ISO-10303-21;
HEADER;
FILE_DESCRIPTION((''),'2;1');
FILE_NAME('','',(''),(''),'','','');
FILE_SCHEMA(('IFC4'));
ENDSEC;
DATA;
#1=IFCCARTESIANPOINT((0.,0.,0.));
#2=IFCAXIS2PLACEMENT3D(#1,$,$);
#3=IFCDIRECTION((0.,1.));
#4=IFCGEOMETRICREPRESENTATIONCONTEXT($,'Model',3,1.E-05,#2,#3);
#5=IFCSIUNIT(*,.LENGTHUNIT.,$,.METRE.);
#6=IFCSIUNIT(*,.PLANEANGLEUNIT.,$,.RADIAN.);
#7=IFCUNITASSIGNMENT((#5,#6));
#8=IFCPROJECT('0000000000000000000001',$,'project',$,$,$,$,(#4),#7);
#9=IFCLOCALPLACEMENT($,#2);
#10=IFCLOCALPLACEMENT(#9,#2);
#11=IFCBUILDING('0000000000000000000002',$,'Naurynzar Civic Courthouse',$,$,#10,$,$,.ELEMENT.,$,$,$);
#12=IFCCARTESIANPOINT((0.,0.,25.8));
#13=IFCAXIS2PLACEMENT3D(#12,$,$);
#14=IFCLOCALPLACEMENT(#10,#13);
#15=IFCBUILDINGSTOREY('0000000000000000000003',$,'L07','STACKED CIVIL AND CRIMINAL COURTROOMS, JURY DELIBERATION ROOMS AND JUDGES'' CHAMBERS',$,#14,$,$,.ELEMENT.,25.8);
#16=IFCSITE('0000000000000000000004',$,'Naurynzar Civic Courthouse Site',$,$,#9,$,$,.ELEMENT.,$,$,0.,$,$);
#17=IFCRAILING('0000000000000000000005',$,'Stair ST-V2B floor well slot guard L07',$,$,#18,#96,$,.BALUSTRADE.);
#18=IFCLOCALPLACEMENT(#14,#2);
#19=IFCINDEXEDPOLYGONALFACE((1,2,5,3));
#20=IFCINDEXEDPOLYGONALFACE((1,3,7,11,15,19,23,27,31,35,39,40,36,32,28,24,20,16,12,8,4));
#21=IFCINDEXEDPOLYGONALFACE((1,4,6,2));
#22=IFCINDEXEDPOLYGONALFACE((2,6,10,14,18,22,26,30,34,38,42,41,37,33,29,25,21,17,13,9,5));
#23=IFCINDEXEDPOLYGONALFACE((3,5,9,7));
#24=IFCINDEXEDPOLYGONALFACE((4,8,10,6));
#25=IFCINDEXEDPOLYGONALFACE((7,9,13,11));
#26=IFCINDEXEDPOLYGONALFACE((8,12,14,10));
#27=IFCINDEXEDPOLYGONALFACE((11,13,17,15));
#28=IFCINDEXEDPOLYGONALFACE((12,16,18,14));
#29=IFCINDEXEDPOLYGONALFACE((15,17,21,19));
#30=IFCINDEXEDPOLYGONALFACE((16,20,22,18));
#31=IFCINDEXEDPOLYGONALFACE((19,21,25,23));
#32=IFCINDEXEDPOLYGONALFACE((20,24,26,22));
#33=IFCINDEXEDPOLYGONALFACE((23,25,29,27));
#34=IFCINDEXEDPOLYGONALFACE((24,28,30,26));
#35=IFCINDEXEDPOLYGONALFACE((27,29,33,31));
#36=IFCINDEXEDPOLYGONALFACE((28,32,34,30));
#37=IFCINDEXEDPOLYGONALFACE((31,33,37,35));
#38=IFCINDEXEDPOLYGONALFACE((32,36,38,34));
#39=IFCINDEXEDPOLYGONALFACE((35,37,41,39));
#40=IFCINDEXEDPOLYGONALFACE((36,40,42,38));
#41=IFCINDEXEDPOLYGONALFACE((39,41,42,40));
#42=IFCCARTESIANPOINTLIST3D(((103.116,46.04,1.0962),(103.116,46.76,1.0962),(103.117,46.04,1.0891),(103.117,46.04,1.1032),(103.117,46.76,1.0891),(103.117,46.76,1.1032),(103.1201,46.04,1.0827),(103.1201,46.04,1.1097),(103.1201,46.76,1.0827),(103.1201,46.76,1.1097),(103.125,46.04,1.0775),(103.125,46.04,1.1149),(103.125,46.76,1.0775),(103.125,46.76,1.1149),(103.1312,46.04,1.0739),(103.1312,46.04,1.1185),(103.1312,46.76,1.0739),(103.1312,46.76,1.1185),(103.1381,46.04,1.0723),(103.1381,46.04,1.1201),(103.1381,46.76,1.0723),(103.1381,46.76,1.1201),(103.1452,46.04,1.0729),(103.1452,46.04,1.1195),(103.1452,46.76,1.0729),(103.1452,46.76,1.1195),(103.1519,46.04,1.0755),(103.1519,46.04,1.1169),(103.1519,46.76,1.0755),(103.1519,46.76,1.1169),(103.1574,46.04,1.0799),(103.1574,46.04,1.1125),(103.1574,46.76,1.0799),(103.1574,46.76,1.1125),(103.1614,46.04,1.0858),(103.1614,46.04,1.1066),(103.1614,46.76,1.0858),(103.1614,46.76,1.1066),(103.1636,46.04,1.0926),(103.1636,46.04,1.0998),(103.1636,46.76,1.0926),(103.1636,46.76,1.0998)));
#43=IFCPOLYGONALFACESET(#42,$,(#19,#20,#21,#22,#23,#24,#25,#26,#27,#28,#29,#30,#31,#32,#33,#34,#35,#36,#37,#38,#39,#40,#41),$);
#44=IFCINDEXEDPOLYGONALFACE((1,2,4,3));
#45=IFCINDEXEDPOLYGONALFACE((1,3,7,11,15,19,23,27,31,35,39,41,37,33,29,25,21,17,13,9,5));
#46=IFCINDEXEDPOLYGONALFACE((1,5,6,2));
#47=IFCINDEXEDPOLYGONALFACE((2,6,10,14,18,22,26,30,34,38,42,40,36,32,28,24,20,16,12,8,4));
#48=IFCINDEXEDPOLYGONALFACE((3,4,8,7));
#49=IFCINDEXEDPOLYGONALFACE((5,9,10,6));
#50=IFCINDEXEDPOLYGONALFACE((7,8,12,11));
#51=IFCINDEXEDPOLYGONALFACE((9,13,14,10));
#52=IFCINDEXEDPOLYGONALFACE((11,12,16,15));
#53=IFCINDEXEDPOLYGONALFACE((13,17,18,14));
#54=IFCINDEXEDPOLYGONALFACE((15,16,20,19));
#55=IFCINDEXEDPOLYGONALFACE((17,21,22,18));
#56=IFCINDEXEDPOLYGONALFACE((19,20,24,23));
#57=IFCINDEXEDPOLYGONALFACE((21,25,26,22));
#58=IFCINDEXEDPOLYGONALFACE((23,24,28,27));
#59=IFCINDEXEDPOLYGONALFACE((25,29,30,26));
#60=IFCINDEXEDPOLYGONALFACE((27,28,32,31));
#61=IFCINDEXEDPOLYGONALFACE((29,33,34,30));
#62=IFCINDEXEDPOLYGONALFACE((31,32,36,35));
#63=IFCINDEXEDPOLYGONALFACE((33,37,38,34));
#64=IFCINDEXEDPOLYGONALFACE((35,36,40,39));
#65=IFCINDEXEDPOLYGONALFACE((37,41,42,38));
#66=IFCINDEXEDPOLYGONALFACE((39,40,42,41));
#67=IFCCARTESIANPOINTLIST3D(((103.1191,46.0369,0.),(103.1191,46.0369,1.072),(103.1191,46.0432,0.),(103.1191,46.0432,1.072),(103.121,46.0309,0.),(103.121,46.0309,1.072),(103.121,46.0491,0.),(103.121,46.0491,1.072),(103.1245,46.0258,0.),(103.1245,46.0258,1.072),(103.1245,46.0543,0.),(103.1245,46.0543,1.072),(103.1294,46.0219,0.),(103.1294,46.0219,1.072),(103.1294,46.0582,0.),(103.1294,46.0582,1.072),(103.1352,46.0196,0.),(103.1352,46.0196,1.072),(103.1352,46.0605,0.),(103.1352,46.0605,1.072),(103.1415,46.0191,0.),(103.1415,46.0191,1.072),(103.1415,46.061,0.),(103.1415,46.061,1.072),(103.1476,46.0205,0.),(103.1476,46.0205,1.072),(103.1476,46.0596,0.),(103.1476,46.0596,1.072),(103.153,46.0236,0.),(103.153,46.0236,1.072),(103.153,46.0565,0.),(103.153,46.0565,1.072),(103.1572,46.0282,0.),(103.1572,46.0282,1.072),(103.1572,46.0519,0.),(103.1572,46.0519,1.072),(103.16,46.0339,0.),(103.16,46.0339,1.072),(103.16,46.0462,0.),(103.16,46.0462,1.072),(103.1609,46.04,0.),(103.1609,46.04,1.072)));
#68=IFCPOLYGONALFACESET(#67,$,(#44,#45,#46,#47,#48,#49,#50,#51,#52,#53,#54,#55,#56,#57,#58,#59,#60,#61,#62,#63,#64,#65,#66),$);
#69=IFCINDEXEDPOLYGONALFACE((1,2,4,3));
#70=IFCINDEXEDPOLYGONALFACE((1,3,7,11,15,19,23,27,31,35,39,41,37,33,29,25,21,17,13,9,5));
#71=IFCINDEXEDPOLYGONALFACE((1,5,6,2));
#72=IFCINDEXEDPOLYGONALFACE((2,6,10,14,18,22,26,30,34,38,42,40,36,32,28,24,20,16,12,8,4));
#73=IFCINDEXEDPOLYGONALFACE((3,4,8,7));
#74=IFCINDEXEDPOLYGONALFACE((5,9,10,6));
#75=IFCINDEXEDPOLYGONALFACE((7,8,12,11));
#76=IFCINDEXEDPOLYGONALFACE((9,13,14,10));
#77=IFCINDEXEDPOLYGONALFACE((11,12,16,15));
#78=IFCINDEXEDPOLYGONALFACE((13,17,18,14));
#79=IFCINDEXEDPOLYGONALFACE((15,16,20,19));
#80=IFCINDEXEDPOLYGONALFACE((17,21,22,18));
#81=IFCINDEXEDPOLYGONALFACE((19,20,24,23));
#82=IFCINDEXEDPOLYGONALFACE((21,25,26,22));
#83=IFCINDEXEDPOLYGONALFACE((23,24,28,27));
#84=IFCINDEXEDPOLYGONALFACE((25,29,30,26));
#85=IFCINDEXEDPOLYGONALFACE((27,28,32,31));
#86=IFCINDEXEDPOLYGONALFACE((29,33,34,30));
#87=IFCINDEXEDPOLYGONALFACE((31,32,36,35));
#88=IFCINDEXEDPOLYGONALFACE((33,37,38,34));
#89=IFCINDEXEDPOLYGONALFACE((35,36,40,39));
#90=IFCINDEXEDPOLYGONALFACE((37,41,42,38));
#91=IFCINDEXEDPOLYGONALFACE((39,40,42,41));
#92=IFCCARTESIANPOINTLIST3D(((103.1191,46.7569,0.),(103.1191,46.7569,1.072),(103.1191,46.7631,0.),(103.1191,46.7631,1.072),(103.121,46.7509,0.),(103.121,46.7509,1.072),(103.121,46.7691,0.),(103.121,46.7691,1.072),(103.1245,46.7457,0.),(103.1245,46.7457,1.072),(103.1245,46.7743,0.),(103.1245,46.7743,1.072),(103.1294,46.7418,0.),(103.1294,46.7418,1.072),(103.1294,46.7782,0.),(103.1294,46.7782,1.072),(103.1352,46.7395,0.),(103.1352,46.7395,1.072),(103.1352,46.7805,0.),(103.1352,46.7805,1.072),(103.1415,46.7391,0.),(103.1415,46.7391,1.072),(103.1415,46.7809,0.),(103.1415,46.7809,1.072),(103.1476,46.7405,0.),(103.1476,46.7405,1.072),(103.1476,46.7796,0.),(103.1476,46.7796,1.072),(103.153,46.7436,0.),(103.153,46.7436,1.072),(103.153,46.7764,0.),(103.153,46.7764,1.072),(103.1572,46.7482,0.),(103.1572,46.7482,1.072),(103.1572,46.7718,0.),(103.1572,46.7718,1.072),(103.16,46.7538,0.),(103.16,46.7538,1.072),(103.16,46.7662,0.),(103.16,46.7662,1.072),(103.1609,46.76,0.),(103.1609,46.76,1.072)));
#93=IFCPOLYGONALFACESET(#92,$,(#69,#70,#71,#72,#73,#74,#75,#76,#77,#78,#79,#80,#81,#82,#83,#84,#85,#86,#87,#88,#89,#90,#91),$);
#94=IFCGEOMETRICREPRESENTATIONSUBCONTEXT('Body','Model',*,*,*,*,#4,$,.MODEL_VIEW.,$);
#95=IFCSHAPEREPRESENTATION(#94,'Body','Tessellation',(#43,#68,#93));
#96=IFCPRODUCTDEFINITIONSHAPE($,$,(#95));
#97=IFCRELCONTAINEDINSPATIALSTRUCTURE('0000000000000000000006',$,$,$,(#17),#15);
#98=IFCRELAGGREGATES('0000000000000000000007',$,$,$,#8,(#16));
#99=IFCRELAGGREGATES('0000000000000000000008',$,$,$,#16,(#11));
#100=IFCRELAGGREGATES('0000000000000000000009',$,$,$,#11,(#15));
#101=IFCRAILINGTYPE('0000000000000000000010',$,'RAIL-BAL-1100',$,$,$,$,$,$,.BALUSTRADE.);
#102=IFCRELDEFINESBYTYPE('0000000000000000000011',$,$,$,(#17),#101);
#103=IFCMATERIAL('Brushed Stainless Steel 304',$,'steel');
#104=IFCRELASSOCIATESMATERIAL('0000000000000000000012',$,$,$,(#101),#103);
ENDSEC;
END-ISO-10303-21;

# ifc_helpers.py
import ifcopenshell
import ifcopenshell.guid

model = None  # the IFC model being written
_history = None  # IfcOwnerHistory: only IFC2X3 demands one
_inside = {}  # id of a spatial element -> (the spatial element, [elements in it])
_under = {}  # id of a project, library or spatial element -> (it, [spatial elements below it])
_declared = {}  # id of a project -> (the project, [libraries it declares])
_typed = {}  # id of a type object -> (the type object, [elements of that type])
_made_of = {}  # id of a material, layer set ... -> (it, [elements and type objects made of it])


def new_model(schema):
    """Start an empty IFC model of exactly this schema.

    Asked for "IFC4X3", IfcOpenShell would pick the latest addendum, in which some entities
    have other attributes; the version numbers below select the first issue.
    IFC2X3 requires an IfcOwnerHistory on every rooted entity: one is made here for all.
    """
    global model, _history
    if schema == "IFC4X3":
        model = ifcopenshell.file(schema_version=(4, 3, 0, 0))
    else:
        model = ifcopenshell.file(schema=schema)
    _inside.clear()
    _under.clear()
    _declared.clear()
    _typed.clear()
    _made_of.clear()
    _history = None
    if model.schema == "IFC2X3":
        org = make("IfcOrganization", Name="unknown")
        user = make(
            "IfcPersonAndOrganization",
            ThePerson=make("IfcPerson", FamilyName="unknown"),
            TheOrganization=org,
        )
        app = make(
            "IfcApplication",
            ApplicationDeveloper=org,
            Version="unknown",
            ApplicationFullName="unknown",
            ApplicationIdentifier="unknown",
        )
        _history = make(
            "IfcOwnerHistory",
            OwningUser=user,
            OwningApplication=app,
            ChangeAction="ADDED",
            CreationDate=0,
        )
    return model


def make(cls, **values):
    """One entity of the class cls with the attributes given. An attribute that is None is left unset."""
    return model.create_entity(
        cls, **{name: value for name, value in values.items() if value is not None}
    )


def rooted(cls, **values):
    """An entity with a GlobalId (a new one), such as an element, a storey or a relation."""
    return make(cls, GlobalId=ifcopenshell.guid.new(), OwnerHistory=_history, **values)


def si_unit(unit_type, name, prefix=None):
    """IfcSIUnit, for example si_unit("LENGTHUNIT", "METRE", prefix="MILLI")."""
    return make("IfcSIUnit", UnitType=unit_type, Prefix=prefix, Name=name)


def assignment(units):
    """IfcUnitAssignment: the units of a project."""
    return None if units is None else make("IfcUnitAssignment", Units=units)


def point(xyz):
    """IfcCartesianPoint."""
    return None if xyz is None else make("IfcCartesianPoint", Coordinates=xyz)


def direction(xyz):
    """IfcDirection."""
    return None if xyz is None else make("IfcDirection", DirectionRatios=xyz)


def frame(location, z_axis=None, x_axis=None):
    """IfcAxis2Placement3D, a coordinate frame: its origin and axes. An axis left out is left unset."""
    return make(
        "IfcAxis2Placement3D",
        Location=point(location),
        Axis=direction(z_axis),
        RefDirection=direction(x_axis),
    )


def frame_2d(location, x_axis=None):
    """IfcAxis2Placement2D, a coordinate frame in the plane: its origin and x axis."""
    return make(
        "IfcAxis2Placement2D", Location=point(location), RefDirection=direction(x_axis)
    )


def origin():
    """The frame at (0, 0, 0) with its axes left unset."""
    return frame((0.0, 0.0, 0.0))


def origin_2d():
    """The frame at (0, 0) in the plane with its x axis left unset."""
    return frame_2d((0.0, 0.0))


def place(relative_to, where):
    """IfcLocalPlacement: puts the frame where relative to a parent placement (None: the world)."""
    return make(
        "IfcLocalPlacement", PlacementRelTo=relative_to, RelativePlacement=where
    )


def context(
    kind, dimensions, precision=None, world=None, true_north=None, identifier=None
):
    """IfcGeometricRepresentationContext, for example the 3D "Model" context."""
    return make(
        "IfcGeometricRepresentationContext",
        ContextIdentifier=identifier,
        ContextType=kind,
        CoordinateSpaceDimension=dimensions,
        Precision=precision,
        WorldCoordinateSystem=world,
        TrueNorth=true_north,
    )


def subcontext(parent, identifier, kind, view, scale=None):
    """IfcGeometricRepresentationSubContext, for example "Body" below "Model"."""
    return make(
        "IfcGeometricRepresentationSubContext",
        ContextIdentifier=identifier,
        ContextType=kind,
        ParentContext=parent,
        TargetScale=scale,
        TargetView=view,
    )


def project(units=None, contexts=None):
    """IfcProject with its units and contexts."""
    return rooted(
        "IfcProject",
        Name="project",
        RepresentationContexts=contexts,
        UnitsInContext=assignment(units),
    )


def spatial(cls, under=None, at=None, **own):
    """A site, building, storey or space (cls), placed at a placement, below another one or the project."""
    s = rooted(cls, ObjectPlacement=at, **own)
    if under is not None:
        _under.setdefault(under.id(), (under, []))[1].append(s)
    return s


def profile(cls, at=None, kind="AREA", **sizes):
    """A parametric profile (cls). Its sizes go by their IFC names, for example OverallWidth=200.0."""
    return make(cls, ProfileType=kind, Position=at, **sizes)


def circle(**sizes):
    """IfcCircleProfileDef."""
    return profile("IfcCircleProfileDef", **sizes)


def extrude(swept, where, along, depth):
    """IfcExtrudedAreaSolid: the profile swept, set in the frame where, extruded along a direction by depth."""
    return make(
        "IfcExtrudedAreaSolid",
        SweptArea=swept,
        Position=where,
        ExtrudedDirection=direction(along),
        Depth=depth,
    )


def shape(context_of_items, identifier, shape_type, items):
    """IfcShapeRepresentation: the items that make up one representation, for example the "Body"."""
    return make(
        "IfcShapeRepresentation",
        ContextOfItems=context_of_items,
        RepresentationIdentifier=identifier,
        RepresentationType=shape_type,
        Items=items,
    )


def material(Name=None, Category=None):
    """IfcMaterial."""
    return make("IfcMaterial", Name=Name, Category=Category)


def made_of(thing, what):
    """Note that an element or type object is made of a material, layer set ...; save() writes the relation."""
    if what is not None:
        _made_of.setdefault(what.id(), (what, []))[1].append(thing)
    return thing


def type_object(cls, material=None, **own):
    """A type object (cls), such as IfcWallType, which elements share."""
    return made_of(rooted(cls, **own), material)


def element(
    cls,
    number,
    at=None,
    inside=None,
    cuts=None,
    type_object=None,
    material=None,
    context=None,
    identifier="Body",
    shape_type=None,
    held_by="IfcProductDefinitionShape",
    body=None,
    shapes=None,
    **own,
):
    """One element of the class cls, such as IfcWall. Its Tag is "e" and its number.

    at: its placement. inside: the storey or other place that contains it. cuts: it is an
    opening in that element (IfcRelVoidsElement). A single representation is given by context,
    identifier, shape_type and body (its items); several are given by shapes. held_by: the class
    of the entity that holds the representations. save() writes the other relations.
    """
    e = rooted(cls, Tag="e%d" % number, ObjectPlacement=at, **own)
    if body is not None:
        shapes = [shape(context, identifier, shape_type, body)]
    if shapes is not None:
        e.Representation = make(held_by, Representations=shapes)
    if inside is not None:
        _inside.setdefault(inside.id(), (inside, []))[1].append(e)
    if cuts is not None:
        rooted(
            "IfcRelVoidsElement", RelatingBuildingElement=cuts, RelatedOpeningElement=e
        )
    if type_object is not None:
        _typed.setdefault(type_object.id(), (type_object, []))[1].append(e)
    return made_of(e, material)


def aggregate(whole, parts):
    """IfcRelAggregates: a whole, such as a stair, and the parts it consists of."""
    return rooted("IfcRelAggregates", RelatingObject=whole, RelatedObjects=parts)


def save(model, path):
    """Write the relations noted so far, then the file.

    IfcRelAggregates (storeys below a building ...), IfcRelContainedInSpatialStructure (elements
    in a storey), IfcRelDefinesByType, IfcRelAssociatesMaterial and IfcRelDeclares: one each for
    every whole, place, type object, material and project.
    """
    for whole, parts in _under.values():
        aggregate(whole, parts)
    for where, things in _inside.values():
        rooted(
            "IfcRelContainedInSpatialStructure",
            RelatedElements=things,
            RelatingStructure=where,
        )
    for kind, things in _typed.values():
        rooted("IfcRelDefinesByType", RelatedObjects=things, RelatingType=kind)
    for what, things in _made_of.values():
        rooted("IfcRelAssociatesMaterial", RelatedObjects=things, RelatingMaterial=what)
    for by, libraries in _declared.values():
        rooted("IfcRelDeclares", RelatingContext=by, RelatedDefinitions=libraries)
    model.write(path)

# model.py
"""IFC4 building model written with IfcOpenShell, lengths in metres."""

from ifc_helpers import new_model, si_unit, direction, frame, origin, origin_2d, place, context, subcontext, project, spatial, circle, extrude, material, type_object, element, save


model = new_model("IFC4")

# Units and contexts
model_context = context("Model", 3, precision=1e-05, world=origin(), true_north=direction((0.0, 1.0)))
body_context = subcontext(model_context, "Body", "Model", "MODEL_VIEW")
ifc_project = project(units=[si_unit("LENGTHUNIT", "METRE"), si_unit("PLANEANGLEUNIT", "RADIAN")], contexts=[model_context])

# Site, building, storey
site_placement = place(None, origin())
site = spatial("IfcSite", under=ifc_project, at=site_placement, Name="Naurynzar Civic Courthouse Site", CompositionType="ELEMENT", RefElevation=0.0)
building_placement = place(site_placement, origin())
building = spatial("IfcBuilding", under=site, at=building_placement, Name="Naurynzar Civic Courthouse", CompositionType="ELEMENT")
storey_placement = place(building_placement, frame((0.0, 0.0, 25.8)))
storey = spatial("IfcBuildingStorey", under=building, at=storey_placement, Name="L07", Description="STACKED CIVIL AND CRIMINAL COURTROOMS, JURY DELIBERATION ROOMS AND JUDGES' CHAMBERS", CompositionType="ELEMENT", Elevation=25.8)

# Railing
ifc_material_1 = material(Name="Brushed Stainless Steel 304", Category="steel")
railing_type_1 = type_object("IfcRailingType", Name="RAIL-BAL-1100", PredefinedType="BALUSTRADE", material=ifc_material_1)
railing_1_placement = place(storey_placement, frame((103.1399, 46.04, 0.0)))
element("IfcRailing", 1, at=railing_1_placement, inside=storey, type_object=railing_type_1, Name="Stair ST-V2B floor well slot guard L07", PredefinedType="BALUSTRADE", context=body_context, shape_type="SweptSolid", body=[
    extrude(circle(Radius=0.0239, at=origin_2d()), frame((0.0, 0.0, 1.0962), z_axis=(0.0, 1.0, 0.0), x_axis=(-1.0, 0.0, 0.0)), (0.0, 0.0, 1.0), 0.72),
    extrude(circle(Radius=0.021, at=origin_2d()), origin(), (0.0, 0.0, 1.0), 1.072),
    extrude(circle(Radius=0.021, at=origin_2d()), frame((0.0, 0.72, 0.0)), (0.0, 0.0, 1.0), 1.072),
])

save(model, "model.ifc")
